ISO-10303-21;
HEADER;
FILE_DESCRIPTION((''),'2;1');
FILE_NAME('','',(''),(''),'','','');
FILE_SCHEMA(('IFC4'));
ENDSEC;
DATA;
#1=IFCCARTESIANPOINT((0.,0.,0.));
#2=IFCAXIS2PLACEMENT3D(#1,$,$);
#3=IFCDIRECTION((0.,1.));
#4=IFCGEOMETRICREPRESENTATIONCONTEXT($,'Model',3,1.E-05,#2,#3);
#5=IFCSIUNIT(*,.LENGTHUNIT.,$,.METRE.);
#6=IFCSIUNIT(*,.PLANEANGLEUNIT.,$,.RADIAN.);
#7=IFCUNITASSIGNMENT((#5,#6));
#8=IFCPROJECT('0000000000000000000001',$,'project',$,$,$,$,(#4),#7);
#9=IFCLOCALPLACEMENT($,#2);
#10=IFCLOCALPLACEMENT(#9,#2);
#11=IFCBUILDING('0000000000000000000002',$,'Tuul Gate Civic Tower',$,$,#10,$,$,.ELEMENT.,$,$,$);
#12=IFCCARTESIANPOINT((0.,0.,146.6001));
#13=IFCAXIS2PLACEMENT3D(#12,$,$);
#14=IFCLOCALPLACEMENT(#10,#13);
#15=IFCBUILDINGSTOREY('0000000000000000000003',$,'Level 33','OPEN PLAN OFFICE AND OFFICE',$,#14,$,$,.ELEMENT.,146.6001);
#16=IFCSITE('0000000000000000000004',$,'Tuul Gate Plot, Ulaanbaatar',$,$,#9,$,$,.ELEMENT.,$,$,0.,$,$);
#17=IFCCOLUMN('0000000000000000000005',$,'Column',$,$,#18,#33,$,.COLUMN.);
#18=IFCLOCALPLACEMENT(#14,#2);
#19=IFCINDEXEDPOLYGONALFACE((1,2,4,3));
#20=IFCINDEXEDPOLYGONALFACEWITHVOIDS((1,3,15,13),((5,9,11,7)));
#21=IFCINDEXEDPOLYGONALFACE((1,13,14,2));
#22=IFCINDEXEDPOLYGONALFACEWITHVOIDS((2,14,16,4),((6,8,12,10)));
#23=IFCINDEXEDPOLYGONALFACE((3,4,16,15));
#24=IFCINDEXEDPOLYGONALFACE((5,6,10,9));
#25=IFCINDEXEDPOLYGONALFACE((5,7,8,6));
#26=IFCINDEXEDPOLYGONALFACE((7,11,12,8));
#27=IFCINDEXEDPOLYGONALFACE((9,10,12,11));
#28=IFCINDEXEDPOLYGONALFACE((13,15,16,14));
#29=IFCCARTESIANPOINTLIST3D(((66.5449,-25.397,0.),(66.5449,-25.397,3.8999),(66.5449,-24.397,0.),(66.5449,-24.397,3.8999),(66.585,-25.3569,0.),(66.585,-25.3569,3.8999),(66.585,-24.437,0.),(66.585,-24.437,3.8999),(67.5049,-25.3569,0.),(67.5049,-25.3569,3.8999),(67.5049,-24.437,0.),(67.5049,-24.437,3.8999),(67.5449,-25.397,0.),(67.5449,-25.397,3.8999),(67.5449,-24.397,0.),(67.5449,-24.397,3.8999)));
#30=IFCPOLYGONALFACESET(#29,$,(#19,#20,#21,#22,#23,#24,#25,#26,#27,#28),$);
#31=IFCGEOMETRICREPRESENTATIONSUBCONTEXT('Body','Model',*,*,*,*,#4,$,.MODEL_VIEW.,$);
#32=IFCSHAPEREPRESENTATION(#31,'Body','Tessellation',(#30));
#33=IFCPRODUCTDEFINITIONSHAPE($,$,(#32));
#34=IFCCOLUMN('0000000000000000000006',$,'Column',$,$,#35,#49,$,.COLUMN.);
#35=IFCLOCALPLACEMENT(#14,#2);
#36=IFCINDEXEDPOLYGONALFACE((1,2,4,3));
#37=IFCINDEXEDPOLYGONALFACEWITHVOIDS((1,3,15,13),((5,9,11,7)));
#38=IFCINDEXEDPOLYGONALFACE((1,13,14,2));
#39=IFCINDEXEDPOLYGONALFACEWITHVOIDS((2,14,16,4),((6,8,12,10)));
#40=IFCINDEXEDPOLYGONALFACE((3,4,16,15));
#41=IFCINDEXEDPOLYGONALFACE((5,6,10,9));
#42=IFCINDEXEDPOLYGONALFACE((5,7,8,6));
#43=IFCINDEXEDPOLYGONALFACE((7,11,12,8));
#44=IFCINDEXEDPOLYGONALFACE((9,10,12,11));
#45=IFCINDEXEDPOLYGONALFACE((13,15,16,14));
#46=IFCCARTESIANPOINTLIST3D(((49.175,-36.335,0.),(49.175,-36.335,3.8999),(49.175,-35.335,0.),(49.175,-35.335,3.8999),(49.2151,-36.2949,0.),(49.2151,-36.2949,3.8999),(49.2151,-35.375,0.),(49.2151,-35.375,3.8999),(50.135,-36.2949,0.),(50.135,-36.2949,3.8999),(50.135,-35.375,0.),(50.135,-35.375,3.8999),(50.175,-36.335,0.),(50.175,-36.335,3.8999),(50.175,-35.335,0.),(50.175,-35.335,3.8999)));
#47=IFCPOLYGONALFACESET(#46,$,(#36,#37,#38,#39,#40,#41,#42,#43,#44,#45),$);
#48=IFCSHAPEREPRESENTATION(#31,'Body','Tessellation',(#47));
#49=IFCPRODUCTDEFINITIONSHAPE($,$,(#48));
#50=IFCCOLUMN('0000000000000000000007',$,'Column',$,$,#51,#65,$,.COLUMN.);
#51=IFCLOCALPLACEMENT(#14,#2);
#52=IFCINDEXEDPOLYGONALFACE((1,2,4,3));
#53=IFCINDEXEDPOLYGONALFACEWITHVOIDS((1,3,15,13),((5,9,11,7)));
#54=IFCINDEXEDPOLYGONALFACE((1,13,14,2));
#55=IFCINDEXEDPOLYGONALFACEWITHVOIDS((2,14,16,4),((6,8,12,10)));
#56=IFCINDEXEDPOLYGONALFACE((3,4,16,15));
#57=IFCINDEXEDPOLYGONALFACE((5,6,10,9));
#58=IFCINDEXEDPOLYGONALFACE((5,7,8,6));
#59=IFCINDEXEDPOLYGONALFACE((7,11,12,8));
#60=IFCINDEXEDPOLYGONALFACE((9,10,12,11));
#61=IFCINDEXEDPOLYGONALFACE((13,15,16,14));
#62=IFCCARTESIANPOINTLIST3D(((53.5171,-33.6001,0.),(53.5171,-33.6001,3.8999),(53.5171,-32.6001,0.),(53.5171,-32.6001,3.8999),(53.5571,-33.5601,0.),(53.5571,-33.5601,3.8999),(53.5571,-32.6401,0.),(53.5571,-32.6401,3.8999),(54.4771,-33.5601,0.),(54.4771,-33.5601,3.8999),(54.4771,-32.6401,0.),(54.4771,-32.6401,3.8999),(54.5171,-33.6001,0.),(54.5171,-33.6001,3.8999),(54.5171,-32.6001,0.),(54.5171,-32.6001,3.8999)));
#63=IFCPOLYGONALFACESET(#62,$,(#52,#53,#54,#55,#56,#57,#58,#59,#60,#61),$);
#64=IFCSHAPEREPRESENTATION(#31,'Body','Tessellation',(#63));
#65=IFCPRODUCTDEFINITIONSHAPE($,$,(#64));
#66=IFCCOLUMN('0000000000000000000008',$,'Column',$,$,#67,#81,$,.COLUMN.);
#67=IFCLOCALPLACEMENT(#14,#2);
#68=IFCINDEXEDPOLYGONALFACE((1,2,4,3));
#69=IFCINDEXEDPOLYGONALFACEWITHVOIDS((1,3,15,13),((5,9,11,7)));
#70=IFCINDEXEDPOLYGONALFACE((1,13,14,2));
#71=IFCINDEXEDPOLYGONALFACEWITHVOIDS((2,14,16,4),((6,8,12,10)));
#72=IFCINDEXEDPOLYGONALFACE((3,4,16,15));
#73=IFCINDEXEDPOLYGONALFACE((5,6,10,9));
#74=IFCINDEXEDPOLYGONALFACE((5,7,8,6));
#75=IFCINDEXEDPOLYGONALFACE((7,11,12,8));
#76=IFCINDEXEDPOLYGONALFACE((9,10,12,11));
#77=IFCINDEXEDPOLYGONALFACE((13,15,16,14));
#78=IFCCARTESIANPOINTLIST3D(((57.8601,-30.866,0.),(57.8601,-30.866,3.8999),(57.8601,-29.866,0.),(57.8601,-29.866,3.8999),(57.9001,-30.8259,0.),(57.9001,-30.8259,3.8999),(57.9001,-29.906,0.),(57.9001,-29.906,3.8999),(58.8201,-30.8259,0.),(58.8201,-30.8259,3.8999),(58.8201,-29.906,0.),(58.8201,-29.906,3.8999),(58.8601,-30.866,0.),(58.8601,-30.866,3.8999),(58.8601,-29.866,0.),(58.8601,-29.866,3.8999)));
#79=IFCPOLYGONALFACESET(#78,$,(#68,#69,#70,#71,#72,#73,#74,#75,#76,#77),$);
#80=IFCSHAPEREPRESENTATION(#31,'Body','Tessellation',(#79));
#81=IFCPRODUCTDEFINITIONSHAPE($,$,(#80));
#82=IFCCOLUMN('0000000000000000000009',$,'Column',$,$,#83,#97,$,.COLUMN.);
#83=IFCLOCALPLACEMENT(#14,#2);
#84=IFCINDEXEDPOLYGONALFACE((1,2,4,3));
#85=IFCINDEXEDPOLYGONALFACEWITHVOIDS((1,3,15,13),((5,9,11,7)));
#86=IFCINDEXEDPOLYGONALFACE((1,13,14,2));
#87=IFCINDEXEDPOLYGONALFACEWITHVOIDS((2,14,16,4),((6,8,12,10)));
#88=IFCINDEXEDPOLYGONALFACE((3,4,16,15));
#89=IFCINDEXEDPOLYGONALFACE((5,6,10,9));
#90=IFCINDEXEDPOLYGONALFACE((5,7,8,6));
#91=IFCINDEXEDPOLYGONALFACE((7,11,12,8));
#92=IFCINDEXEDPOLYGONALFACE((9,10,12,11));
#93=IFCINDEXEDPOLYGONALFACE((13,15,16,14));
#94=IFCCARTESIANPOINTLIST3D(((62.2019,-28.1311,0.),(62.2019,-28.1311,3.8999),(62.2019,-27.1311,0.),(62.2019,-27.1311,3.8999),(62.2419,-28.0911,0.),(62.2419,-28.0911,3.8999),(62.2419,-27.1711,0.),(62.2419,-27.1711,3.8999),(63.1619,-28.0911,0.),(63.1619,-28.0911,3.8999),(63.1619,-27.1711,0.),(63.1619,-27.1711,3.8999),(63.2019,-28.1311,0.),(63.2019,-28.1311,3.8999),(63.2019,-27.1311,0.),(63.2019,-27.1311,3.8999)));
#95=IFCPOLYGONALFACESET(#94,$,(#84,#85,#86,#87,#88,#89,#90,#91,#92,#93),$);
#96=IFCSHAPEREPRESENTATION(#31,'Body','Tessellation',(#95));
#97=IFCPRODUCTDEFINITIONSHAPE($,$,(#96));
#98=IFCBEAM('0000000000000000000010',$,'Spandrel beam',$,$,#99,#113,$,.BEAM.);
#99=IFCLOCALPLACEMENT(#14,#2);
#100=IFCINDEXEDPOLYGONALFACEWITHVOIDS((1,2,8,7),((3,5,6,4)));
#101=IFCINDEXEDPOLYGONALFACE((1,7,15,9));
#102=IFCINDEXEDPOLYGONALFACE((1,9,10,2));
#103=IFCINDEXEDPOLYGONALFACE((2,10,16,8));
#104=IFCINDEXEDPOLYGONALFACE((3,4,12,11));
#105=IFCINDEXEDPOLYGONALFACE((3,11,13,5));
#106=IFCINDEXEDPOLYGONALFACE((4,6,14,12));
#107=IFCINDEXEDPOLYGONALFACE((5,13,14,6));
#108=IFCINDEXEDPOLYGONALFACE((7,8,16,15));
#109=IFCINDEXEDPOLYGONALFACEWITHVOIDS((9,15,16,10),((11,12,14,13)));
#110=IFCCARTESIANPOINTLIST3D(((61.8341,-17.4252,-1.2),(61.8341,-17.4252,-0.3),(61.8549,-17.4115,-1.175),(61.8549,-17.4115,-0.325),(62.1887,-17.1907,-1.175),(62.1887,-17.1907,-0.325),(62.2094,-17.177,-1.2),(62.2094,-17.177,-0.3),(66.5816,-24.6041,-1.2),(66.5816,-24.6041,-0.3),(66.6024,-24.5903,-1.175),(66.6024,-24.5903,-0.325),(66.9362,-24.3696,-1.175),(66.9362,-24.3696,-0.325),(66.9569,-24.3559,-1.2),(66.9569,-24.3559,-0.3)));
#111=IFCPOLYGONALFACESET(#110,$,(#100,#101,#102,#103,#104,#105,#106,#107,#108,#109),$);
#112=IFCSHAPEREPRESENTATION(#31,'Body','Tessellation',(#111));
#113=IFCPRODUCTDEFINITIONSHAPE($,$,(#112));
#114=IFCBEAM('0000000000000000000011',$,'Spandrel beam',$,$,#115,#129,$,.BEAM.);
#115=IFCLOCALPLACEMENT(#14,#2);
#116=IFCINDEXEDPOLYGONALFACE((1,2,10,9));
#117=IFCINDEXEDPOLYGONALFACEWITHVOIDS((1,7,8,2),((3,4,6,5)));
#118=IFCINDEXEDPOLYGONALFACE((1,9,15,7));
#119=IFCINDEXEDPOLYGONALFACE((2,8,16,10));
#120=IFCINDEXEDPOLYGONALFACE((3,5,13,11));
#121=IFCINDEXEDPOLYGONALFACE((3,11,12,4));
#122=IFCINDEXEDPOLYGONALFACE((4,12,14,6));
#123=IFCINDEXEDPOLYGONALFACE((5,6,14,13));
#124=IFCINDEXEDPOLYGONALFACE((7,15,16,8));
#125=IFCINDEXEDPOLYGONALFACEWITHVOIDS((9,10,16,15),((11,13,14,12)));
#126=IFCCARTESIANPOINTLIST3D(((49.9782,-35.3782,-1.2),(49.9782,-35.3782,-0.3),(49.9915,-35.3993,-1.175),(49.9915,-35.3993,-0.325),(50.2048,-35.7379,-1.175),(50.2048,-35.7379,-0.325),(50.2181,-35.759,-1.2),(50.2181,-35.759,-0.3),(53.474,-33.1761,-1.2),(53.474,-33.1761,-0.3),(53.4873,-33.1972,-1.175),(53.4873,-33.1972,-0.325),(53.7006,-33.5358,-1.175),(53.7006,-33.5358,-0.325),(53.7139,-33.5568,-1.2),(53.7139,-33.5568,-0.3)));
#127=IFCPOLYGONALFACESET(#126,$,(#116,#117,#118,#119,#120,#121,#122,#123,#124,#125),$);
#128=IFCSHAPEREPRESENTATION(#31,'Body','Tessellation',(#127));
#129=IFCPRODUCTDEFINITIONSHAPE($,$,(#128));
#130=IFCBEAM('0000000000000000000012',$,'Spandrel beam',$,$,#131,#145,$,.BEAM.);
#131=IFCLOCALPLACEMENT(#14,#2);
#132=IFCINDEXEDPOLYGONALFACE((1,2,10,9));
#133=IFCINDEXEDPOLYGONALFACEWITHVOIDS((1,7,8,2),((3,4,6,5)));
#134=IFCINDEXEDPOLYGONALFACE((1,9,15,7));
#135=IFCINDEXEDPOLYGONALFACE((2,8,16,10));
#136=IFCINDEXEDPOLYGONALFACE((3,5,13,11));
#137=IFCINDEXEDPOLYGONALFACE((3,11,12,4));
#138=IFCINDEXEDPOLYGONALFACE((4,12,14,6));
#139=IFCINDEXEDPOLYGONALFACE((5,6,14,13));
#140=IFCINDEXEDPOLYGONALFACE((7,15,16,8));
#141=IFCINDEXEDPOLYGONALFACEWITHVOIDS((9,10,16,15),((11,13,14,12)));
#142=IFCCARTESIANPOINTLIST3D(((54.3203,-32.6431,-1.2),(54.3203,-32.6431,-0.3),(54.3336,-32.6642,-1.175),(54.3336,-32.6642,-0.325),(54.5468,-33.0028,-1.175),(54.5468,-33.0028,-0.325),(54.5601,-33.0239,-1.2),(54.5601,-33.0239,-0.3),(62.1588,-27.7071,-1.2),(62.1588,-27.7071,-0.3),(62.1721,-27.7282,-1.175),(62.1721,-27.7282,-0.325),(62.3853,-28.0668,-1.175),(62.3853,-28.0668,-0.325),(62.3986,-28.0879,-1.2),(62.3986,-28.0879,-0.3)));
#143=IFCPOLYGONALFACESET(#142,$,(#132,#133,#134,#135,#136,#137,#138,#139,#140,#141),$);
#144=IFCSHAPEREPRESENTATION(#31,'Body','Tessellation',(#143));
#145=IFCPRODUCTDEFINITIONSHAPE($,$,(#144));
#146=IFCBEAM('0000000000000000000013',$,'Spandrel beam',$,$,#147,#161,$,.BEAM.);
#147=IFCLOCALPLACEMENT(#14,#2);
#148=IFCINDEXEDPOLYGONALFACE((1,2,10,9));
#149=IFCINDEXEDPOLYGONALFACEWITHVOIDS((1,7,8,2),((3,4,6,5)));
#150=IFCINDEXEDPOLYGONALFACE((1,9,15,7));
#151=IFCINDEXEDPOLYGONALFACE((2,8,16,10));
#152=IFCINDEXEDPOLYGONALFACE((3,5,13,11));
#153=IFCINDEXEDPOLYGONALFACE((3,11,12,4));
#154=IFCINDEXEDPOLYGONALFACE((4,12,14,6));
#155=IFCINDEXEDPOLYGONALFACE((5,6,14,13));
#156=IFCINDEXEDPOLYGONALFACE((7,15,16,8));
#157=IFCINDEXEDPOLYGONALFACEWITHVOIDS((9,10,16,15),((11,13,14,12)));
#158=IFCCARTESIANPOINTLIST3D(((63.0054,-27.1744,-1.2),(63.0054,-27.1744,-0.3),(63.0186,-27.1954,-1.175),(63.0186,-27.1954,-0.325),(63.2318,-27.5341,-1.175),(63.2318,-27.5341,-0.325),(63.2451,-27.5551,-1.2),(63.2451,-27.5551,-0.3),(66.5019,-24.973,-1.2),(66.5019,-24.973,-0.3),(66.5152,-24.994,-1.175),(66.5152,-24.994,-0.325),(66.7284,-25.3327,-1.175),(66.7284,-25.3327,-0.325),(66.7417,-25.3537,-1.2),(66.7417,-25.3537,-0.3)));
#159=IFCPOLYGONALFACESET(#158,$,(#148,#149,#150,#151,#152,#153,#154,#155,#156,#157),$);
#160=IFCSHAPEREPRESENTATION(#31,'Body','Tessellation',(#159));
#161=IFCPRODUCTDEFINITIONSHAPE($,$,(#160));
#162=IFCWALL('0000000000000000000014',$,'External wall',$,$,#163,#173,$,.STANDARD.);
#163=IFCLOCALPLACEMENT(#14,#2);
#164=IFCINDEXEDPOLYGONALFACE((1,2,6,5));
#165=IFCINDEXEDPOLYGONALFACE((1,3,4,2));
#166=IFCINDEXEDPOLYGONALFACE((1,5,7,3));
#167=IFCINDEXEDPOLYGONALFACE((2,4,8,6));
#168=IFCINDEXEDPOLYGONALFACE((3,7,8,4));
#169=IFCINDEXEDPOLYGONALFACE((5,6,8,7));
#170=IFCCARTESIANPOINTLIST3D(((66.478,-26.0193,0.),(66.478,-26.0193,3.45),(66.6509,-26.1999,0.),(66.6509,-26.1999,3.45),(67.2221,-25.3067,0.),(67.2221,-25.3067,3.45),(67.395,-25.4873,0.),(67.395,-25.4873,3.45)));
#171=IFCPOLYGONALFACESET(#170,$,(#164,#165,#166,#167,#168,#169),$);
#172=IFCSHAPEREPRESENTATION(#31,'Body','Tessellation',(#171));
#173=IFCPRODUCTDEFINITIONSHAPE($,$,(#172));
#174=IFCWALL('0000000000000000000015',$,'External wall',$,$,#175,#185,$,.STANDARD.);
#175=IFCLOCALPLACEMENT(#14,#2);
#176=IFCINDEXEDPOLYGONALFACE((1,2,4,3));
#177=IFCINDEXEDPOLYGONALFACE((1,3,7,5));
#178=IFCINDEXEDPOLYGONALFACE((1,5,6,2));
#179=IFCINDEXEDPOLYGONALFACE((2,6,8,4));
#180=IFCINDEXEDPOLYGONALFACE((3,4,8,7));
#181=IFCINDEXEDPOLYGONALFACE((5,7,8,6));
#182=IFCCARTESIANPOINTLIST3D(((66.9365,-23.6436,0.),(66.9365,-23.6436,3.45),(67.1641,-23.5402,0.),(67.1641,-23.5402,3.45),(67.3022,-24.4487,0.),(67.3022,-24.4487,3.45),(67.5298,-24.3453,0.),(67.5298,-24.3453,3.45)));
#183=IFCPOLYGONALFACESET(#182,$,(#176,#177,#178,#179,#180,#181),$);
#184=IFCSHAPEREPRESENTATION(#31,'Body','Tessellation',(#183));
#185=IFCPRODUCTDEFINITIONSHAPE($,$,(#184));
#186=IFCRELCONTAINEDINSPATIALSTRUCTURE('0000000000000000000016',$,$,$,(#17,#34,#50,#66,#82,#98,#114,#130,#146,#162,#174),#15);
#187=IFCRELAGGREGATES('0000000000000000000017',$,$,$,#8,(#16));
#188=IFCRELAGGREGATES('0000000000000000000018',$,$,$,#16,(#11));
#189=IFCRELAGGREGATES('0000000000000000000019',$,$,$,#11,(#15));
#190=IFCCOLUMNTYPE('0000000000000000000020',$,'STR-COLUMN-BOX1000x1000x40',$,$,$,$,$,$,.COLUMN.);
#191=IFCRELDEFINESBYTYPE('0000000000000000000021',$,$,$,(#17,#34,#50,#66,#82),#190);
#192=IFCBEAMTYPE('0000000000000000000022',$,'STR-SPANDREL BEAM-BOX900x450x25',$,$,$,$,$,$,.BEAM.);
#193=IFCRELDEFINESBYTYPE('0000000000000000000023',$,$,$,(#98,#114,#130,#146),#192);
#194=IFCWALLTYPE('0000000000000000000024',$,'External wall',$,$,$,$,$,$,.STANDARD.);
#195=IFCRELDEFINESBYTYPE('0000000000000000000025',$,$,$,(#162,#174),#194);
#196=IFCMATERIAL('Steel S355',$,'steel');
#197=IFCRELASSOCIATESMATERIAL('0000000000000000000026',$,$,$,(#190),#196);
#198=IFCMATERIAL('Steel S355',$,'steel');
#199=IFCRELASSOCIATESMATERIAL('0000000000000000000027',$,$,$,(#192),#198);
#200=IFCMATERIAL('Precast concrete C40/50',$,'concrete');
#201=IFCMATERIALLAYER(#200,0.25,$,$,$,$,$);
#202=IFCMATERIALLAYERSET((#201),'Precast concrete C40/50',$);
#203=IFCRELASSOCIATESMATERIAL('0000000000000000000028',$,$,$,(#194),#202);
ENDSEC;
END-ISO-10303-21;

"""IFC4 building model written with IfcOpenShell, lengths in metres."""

from ifc_helpers import new_model, si_unit, direction, frame, frame_2d, origin, origin_2d, place, context, subcontext, project, spatial, rectangle, hollow_rectangle, extrude, material, layer, layer_set, material_profile, profile_set, type_object, element, save


model = new_model("IFC4")

# Units and contexts
model_context = context("Model", 3, precision=1e-05, world=origin(), true_north=direction((0.0, 1.0)))
body_context = subcontext(model_context, "Body", "Model", "MODEL_VIEW")
ifc_project = project(units=[si_unit("LENGTHUNIT", "METRE"), si_unit("PLANEANGLEUNIT", "RADIAN")], contexts=[model_context])

# Site, building, storey
site_placement = place(None, origin())
site = spatial("IfcSite", under=ifc_project, at=site_placement, Name="Tuul Gate Plot, Ulaanbaatar", CompositionType="ELEMENT", RefElevation=0.0)
building_placement = place(site_placement, origin())
building = spatial("IfcBuilding", under=site, at=building_placement, Name="Tuul Gate Civic Tower", CompositionType="ELEMENT")
storey_placement = place(building_placement, frame((0.0, 0.0, 146.6001)))
storey = spatial("IfcBuildingStorey", under=building, at=storey_placement, Name="Level 33", Description="OPEN PLAN OFFICE AND OFFICE", CompositionType="ELEMENT", Elevation=146.6001)

# Columns
ifc_material_1 = material(Name="Steel S355", Category="steel")
ifc_material_profile_1 = material_profile(ifc_material_1, hollow_rectangle(XDim=1.0, YDim=1.0, WallThickness=0.04, at=origin_2d()), Name="BOX1000x1000x40")
ifc_profile_set_1 = profile_set([ifc_material_profile_1], Name="Steel S355")
column_type = type_object("IfcColumnType", Name="STR-COLUMN-BOX1000x1000x40", PredefinedType="COLUMN", material=ifc_profile_set_1)
for number, where, z_axis, x_axis, name in (
    (1, (67.0449, -24.897, 0.0), (0.0, 0.0, 1.0), (1.0, 0.0, 0.0), "Column"),
    (2, (49.675, -35.835, 0.0), (0.0, 0.0, 1.0), (1.0, 0.0, 0.0), "Column"),
    (3, (54.0171, -33.1001, 0.0), (0.0, 0.0, 1.0), (1.0, 0.0, 0.0), "Column"),
    (4, (58.3601, -30.366, 0.0), (0.0, 0.0, 1.0), (1.0, 0.0, 0.0), "Column"),
    (5, (62.7019, -27.6311, 0.0), (0.0, 0.0, 1.0), (1.0, 0.0, 0.0), "Column"),
):
    element("IfcColumn", number, at=place(storey_placement, frame(where, z_axis=z_axis, x_axis=x_axis)), inside=storey, type_object=column_type, Name=name, PredefinedType="COLUMN", context=body_context, shape_type="SweptSolid", body=[
        extrude(hollow_rectangle(XDim=1.0, YDim=1.0, WallThickness=0.04, at=origin_2d()), origin(), (0.0, 0.0, 1.0), 3.8999),
    ])

# Beams
ifc_material_2 = material(Name="Steel S355", Category="steel")
ifc_material_profile_2 = material_profile(ifc_material_2, hollow_rectangle(XDim=0.45, YDim=0.8999, WallThickness=0.0249, at=origin_2d()), Name="BOX900x450x25")
ifc_profile_set_2 = profile_set([ifc_material_profile_2], Name="Steel S355")
beam_type = type_object("IfcBeamType", Name="STR-SPANDREL BEAM-BOX900x450x25", PredefinedType="BEAM", material=ifc_profile_set_2)
beam_1_placement = place(storey_placement, frame((66.7693, -24.48, -0.75), z_axis=(-0.551607, 0.834104, 0.0), x_axis=(-0.834104, -0.551607, 0.0)))
element("IfcBeam", 6, at=beam_1_placement, inside=storey, type_object=beam_type, Name="Spandrel beam", PredefinedType="BEAM", context=body_context, shape_type="SweptSolid", body=[
    extrude(hollow_rectangle(XDim=0.45, YDim=0.8999, WallThickness=0.0249, at=origin_2d()), origin(), (0.0, 0.0, 1.0), 8.6067),
])
beam_2_placement = place(storey_placement, frame((50.0981, -35.5686, -0.75), z_axis=(0.846117, 0.532997, 0.0), x_axis=(-0.532997, 0.846117, 0.0)))
element("IfcBeam", 7, at=beam_2_placement, inside=storey, type_object=beam_type, Name="Spandrel beam", PredefinedType="BEAM", context=body_context, shape_type="SweptSolid", body=[
    extrude(hollow_rectangle(XDim=0.45, YDim=0.8999, WallThickness=0.0249, at=origin_2d()), origin(), (0.0, 0.0, 1.0), 4.1316),
])
beam_3_placement = place(storey_placement, frame((54.4402, -32.8335, -0.75), z_axis=(0.846203, 0.53286, 0.0), x_axis=(-0.53286, 0.846203, 0.0)))
element("IfcBeam", 8, at=beam_3_placement, inside=storey, type_object=beam_type, Name="Spandrel beam", PredefinedType="BEAM", context=body_context, shape_type="SweptSolid", body=[
    extrude(hollow_rectangle(XDim=0.45, YDim=0.8999, WallThickness=0.0249, at=origin_2d()), origin(), (0.0, 0.0, 1.0), 9.2632),
])
beam_4_placement = place(storey_placement, frame((63.1252, -27.3647, -0.75), z_axis=(0.846248, 0.53279, 0.0), x_axis=(-0.53279, 0.846248, 0.0)))
element("IfcBeam", 9, at=beam_4_placement, inside=storey, type_object=beam_type, Name="Spandrel beam", PredefinedType="BEAM", context=body_context, shape_type="SweptSolid", body=[
    extrude(hollow_rectangle(XDim=0.45, YDim=0.8999, WallThickness=0.0249, at=origin_2d()), origin(), (0.0, 0.0, 1.0), 4.1318),
])

# Walls
ifc_material_3 = material(Name="Precast concrete C40/50", Category="concrete")
ifc_layer = layer(ifc_material_3, 0.25)
ifc_layer_set = layer_set([ifc_layer], Name="Precast concrete C40/50")
wall_type = type_object("IfcWallType", Name="External wall", PredefinedType="STANDARD", material=ifc_layer_set)
wall_1_placement = place(storey_placement, frame((66.5645, -26.1096, 0.0), z_axis=(0.0, 0.0, 1.0), x_axis=(0.722225, 0.691658, 0.0)))
element("IfcWall", 10, at=wall_1_placement, inside=storey, type_object=wall_type, Name="External wall", PredefinedType="STANDARD", context=body_context, shape_type="SweptSolid", body=[
    extrude(rectangle(XDim=1.0303, YDim=0.25, at=frame_2d((0.5151, 0.0))), origin(), (0.0, 0.0, 1.0), 3.45),
])
wall_2_placement = place(storey_placement, frame((67.416, -24.397, 0.0), z_axis=(0.0, 0.0, 1.0), x_axis=(-0.413553, 0.91048, 0.0)))
element("IfcWall", 11, at=wall_2_placement, inside=storey, type_object=wall_type, Name="External wall", PredefinedType="STANDARD", context=body_context, shape_type="SweptSolid", body=[
    extrude(rectangle(XDim=0.8843, YDim=0.25, at=frame_2d((0.4421, 0.0))), origin(), (0.0, 0.0, 1.0), 3.45),
])

save(model, "model.ifc")
